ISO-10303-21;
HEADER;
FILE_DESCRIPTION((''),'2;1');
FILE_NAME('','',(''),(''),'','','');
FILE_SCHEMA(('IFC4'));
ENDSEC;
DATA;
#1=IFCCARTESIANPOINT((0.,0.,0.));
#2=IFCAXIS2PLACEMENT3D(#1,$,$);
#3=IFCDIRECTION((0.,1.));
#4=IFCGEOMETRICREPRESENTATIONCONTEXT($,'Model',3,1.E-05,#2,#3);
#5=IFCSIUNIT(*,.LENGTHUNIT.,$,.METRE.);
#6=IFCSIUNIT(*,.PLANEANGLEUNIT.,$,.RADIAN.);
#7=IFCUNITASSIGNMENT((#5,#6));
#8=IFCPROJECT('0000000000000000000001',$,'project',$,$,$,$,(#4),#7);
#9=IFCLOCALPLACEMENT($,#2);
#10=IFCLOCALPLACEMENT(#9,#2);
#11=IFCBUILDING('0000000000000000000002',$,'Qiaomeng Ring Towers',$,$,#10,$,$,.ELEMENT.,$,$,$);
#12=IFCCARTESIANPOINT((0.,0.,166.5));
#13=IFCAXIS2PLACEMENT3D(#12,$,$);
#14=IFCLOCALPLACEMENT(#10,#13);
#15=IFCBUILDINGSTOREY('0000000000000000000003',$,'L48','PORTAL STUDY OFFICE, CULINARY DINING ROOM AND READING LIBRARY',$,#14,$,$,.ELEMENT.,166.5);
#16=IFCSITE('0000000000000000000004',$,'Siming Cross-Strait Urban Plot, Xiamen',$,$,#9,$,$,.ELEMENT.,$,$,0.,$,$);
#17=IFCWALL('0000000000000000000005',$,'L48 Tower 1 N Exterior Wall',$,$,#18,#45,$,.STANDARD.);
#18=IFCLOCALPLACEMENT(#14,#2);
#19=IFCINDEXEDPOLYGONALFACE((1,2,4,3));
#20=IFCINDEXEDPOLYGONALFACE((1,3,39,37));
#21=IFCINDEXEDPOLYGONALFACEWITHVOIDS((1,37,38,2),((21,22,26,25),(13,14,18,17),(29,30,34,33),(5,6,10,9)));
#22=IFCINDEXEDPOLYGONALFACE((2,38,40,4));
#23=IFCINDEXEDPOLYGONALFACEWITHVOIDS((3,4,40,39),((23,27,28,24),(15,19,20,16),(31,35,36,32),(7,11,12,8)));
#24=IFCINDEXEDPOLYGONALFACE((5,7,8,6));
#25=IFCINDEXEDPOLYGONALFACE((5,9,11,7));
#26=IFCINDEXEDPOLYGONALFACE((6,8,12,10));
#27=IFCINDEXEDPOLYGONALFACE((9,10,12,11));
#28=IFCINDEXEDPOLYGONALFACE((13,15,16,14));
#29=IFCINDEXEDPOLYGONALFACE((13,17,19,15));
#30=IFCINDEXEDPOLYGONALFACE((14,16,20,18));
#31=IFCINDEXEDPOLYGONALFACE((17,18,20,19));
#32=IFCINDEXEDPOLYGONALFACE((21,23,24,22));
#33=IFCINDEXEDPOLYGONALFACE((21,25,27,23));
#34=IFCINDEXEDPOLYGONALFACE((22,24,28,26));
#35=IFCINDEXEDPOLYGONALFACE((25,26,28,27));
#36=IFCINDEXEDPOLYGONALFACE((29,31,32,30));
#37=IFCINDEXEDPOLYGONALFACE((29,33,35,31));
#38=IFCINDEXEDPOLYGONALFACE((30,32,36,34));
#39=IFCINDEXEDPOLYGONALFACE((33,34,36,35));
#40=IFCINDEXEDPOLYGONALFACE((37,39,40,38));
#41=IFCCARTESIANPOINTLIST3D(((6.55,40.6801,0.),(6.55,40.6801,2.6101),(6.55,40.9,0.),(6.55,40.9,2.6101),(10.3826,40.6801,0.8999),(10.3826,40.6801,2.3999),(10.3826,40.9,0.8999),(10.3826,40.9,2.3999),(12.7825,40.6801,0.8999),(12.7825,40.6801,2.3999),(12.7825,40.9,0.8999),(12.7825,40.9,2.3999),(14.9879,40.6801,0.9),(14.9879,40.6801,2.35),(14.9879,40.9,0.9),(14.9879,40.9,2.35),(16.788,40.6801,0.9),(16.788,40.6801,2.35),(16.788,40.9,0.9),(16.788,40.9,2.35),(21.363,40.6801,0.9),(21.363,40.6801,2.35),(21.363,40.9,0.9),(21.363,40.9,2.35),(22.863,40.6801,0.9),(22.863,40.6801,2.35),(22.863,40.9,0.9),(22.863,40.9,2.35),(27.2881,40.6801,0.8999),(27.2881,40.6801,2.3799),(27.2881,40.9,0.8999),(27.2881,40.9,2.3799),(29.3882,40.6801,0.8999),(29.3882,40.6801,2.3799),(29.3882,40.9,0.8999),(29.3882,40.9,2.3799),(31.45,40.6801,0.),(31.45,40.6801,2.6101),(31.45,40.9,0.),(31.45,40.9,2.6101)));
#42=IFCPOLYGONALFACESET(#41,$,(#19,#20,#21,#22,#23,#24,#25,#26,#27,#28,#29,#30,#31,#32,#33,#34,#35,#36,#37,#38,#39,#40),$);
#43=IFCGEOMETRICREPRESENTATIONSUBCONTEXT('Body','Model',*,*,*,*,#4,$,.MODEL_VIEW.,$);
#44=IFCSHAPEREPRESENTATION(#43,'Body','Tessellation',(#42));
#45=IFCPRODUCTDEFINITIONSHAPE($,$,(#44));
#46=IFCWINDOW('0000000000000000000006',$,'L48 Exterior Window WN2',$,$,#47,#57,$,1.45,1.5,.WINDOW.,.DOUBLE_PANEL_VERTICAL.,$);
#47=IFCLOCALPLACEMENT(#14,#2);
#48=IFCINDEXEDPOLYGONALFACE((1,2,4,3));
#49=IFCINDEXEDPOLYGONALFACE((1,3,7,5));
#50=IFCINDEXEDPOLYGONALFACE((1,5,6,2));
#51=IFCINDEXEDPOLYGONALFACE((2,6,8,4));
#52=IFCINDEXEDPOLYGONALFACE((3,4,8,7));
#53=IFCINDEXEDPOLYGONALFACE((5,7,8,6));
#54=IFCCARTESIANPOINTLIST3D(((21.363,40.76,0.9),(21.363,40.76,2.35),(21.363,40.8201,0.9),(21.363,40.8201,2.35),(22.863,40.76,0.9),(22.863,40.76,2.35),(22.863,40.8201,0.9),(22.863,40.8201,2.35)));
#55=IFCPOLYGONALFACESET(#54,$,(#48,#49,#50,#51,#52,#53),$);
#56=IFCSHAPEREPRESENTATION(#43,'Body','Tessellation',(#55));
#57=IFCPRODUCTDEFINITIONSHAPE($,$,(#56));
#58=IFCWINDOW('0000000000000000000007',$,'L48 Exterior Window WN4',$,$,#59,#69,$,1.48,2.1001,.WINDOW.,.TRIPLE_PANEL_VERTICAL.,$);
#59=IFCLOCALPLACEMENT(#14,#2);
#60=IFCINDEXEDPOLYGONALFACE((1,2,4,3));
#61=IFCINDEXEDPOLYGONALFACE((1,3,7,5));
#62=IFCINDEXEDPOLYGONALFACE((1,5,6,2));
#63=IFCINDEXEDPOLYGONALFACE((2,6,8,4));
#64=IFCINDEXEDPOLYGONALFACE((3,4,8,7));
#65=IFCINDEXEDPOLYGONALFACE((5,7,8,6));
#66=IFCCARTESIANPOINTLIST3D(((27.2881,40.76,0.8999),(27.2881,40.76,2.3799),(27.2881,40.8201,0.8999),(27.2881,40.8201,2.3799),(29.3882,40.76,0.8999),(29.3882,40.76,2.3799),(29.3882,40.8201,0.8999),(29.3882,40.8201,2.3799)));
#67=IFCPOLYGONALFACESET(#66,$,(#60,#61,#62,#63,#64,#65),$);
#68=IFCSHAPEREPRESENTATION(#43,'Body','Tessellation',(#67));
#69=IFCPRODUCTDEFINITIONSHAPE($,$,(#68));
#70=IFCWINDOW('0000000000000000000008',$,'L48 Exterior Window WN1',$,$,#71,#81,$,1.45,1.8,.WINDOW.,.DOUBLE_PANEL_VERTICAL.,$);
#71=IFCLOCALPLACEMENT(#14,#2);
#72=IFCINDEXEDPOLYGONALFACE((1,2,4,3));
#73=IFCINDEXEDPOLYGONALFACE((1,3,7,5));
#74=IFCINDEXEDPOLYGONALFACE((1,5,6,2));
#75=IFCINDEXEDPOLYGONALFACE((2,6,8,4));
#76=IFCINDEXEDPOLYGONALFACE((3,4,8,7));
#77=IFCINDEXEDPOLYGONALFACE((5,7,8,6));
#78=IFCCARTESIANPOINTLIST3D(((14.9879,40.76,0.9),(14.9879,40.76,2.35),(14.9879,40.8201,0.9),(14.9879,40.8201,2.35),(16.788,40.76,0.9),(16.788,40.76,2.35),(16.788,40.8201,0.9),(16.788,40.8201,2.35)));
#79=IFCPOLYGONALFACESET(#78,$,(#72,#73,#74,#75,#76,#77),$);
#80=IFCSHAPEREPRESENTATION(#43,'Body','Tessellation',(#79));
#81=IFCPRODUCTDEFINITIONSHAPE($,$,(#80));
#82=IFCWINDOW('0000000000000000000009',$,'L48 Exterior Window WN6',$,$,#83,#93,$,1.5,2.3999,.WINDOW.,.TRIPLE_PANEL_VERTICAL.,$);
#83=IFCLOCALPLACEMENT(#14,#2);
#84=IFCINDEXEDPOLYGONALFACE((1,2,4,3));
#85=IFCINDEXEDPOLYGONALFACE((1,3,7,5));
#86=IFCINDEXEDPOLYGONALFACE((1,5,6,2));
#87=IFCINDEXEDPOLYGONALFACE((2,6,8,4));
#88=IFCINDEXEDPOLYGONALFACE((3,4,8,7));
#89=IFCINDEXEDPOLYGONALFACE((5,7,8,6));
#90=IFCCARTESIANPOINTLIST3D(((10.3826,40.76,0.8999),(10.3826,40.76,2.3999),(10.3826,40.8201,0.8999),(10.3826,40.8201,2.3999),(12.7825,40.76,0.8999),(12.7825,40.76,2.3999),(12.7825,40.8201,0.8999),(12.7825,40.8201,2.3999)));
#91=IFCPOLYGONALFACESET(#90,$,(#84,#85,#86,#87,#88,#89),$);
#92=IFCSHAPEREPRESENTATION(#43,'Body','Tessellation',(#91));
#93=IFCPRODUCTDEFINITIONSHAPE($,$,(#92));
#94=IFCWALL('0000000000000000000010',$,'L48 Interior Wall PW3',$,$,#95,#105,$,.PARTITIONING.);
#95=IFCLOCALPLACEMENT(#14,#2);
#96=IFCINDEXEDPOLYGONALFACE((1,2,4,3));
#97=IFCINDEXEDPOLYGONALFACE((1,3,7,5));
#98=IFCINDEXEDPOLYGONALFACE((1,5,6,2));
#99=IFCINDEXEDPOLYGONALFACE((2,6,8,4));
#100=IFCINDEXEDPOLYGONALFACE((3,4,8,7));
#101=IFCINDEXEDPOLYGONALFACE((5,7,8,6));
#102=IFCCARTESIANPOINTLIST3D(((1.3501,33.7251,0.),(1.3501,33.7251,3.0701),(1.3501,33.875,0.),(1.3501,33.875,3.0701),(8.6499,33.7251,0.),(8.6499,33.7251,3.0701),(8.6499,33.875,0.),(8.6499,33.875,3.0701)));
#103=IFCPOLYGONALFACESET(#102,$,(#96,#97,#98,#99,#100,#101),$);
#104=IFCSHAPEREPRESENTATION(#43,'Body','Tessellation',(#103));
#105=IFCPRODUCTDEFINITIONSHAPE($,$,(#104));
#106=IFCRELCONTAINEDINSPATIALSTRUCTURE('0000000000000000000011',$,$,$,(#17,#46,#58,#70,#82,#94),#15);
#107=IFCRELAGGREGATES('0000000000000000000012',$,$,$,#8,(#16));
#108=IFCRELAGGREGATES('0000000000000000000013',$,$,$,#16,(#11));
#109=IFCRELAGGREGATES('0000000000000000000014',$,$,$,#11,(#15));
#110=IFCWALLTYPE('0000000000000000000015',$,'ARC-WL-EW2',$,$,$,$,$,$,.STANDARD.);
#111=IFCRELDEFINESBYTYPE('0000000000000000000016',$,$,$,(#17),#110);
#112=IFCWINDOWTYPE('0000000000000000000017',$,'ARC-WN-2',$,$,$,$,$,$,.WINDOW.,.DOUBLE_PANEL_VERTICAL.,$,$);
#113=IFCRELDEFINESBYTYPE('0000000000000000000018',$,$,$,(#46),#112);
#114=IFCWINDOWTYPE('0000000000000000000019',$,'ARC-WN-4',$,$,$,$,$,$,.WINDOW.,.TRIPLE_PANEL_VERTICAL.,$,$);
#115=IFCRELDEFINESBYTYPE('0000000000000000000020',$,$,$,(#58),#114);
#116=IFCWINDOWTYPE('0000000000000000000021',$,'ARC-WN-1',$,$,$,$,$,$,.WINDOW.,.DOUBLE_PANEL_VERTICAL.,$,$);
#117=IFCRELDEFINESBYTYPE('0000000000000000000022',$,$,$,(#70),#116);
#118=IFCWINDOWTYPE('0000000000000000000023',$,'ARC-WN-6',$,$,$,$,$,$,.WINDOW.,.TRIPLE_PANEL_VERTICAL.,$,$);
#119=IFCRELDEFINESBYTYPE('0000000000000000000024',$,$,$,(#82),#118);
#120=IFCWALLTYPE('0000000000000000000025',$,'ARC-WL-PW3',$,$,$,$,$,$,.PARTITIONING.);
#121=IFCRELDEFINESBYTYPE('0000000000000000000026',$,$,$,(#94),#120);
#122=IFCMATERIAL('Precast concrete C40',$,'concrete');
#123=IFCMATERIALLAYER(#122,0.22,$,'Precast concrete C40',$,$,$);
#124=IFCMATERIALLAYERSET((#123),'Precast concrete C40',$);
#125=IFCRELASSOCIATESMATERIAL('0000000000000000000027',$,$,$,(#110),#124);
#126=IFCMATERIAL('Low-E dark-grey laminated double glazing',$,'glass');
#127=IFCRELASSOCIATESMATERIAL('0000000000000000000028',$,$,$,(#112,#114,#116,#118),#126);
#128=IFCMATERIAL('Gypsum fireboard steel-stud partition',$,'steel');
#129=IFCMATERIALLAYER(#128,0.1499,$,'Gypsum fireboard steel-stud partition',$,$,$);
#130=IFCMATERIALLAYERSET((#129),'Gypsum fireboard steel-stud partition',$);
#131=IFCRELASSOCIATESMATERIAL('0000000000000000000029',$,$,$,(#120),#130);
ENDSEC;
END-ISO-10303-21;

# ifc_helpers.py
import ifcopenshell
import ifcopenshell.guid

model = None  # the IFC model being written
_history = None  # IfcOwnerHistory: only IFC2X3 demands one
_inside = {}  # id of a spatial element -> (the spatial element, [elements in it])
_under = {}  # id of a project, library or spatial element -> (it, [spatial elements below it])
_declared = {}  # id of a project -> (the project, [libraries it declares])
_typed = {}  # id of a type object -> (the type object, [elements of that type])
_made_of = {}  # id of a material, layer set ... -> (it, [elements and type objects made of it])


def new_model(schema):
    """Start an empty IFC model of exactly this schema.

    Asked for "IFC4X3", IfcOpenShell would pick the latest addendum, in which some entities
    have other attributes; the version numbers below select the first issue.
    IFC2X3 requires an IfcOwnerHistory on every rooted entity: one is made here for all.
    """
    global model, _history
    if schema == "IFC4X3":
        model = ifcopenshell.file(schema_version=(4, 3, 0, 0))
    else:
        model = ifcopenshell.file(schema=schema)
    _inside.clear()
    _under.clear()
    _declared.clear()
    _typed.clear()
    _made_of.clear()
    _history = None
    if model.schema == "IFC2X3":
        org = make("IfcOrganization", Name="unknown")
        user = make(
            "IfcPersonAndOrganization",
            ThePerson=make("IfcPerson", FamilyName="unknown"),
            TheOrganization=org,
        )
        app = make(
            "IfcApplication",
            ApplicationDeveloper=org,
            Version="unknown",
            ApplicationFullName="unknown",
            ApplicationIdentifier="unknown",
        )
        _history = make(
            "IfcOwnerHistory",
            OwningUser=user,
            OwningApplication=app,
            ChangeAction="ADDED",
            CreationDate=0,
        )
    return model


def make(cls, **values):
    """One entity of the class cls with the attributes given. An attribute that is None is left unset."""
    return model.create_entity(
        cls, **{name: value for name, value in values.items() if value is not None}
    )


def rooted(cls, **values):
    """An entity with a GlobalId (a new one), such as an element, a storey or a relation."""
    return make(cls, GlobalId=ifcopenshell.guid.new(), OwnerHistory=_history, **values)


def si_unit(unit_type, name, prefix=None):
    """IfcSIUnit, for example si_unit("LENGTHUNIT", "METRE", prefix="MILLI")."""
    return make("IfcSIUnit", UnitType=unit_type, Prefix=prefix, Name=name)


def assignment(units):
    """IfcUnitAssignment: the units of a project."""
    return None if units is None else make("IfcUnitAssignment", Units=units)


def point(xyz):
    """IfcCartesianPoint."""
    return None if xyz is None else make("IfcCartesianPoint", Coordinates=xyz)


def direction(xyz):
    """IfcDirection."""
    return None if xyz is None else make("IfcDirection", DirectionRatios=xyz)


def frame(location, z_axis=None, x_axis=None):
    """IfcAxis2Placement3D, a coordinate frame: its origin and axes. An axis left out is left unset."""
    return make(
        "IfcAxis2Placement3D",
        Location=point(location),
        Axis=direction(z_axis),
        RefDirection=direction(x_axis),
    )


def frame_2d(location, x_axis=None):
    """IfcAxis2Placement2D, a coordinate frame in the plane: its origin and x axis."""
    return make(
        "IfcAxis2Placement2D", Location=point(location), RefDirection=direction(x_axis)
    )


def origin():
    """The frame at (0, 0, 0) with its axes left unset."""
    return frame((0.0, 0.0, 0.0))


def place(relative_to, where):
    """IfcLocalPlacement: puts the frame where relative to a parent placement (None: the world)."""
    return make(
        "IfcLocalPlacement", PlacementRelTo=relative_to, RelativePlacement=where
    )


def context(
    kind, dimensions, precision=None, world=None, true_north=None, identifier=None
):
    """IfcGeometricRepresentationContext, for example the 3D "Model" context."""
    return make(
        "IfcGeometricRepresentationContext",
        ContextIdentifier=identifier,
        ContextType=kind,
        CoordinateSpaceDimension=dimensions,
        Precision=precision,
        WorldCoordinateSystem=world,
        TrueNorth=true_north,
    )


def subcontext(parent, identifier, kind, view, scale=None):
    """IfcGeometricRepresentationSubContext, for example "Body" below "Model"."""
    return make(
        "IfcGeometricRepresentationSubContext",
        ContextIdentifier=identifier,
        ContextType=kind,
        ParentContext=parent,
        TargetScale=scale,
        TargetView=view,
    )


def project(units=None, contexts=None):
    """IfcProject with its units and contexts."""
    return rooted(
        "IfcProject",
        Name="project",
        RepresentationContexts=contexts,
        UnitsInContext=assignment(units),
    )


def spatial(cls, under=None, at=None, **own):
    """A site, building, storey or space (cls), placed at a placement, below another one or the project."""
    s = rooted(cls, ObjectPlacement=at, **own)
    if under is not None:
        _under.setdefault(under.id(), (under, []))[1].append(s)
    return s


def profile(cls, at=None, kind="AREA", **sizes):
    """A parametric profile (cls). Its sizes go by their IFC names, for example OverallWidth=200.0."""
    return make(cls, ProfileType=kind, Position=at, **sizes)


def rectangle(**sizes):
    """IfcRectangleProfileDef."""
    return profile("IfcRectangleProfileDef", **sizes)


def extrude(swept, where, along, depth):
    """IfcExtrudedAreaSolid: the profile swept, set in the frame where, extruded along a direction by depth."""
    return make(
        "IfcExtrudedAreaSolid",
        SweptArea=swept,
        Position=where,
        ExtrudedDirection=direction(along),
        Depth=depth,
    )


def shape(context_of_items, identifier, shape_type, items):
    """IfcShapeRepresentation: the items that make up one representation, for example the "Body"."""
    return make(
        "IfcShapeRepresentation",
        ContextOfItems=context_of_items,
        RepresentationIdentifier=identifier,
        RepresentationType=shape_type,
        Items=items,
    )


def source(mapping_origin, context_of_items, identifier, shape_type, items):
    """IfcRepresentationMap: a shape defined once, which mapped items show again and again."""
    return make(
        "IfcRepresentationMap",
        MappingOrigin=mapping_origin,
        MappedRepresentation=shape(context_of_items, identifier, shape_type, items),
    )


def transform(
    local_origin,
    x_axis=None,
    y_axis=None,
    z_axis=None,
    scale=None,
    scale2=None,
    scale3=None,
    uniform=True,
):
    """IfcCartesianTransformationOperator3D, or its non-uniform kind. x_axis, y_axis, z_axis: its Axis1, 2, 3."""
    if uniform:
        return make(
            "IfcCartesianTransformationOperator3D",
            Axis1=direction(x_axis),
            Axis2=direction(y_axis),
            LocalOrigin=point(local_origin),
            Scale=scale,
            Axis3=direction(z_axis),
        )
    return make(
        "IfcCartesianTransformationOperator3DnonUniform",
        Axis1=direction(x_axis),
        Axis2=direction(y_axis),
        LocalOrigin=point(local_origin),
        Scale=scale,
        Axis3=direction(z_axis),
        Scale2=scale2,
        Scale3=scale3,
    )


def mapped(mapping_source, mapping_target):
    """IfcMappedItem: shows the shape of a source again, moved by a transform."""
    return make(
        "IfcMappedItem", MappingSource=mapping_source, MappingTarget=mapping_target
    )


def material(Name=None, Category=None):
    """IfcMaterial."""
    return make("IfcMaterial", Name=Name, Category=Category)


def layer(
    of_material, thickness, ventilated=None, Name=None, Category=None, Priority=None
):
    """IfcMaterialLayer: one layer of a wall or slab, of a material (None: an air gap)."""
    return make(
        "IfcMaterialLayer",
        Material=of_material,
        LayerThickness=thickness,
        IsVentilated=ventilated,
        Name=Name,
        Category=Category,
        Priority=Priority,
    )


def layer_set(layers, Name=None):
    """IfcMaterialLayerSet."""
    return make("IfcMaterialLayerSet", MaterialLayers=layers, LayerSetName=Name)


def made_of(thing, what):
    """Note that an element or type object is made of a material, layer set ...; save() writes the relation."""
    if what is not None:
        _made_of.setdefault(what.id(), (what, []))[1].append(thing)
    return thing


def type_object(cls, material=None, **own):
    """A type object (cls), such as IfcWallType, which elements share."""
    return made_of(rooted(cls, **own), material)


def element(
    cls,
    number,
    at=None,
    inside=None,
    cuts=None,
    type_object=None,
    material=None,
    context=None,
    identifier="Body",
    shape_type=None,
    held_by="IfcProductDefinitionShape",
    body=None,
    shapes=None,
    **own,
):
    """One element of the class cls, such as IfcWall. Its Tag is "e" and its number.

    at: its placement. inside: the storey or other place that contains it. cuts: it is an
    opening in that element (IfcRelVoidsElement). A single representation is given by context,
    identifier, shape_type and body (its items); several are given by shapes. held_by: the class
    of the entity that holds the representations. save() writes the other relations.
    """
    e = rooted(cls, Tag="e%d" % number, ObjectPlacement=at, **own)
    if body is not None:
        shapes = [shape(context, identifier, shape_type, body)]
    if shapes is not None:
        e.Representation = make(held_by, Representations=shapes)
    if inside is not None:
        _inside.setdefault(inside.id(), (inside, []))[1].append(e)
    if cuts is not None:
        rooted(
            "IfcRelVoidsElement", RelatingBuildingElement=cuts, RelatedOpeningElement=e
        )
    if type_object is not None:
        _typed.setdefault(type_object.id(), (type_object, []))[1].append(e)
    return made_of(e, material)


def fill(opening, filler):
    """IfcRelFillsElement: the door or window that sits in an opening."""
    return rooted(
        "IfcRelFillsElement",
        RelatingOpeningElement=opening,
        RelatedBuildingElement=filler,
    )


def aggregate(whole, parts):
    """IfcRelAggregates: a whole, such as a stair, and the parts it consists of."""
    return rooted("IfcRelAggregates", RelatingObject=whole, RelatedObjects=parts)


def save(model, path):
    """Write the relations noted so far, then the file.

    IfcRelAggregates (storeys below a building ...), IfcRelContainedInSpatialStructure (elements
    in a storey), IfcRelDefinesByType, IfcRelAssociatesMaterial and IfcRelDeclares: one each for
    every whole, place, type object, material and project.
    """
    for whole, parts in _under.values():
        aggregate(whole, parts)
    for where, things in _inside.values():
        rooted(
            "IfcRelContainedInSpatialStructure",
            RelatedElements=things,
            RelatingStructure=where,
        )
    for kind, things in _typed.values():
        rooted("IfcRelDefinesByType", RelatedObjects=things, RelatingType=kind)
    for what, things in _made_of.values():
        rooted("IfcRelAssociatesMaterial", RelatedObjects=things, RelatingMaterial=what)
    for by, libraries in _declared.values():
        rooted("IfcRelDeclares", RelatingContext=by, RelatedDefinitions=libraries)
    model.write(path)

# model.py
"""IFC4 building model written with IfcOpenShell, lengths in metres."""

from ifc_helpers import new_model, si_unit, direction, frame, frame_2d, origin, place, context, subcontext, project, spatial, rectangle, extrude, source, transform, mapped, material, layer, layer_set, type_object, element, fill, save


model = new_model("IFC4")

# Units and contexts
model_context = context("Model", 3, precision=1e-05, world=origin(), true_north=direction((0.0, 1.0)))
body_context = subcontext(model_context, "Body", "Model", "MODEL_VIEW")
ifc_project = project(units=[si_unit("LENGTHUNIT", "METRE"), si_unit("PLANEANGLEUNIT", "RADIAN")], contexts=[model_context])

# Site, building, storey
site_placement = place(None, origin())
site = spatial("IfcSite", under=ifc_project, at=site_placement, Name="Siming Cross-Strait Urban Plot, Xiamen", CompositionType="ELEMENT", RefElevation=0.0)
building_placement = place(site_placement, origin())
building = spatial("IfcBuilding", under=site, at=building_placement, Name="Qiaomeng Ring Towers", CompositionType="ELEMENT")
storey_placement = place(building_placement, frame((0.0, 0.0, 166.5)))
storey = spatial("IfcBuildingStorey", under=building, at=storey_placement, Name="L48", Description="PORTAL STUDY OFFICE, CULINARY DINING ROOM AND READING LIBRARY", CompositionType="ELEMENT", Elevation=166.5)

# Shared definitions
ifc_material_1 = material(Name="Low-E dark-grey laminated double glazing", Category="glass")

# Wall, openings, windows
ifc_material_2 = material(Name="Precast concrete C40", Category="concrete")
ifc_layer_1 = layer(ifc_material_2, 0.22, Name="Precast concrete C40")
ifc_layer_set_1 = layer_set([ifc_layer_1], Name="Precast concrete C40")
wall_type_1 = type_object("IfcWallType", Name="ARC-WL-EW2", PredefinedType="STANDARD", material=ifc_layer_set_1)
wall_1_placement = place(storey_placement, frame((6.55, 40.79, 0.0), z_axis=(0.0, 0.0, 1.0), x_axis=(1.0, 0.0, 0.0)))
wall_1 = element("IfcWall", 1, at=wall_1_placement, inside=storey, type_object=wall_type_1, Name="L48 Tower 1 N Exterior Wall", PredefinedType="STANDARD", context=body_context, shape_type="SweptSolid", body=[
    extrude(rectangle(XDim=24.8999, YDim=0.22, at=frame_2d((12.45, 0.0))), origin(), (0.0, 0.0, 1.0), 2.6101),
])
opening_1_placement = place(wall_1_placement, frame((3.8325, 0.0, 0.8999)))
opening_1 = element("IfcOpeningElement", 2, at=opening_1_placement, cuts=wall_1, PredefinedType="OPENING", context=body_context, shape_type="SweptSolid", body=[
    extrude(rectangle(XDim=2.3999, YDim=1.5, at=frame_2d((1.2, 0.75))), frame((0.0, 0.1199, 0.0), z_axis=(0.0, -1.0, 0.0), x_axis=(1.0, 0.0, 0.0)), (0.0, 0.0, 1.0), 0.24),
])
opening_2_placement = place(wall_1_placement, frame((8.438, 0.0, 0.8999)))
opening_2 = element("IfcOpeningElement", 3, at=opening_2_placement, cuts=wall_1, PredefinedType="OPENING", context=body_context, shape_type="SweptSolid", body=[
    extrude(rectangle(XDim=1.8, YDim=1.45, at=frame_2d((0.8999, 0.7251))), frame((0.0, 0.1199, 0.0), z_axis=(0.0, -1.0, 0.0), x_axis=(1.0, 0.0, 0.0)), (0.0, 0.0, 1.0), 0.24),
])
opening_3_placement = place(wall_1_placement, frame((14.813, 0.0, 0.8999)))
opening_3 = element("IfcOpeningElement", 4, at=opening_3_placement, cuts=wall_1, PredefinedType="OPENING", context=body_context, shape_type="SweptSolid", body=[
    extrude(rectangle(XDim=1.5, YDim=1.45, at=frame_2d((0.75, 0.7251))), frame((0.0, 0.1199, 0.0), z_axis=(0.0, -1.0, 0.0), x_axis=(1.0, 0.0, 0.0)), (0.0, 0.0, 1.0), 0.24),
])
opening_4_placement = place(wall_1_placement, frame((20.738, 0.0, 0.8999)))
opening_4 = element("IfcOpeningElement", 5, at=opening_4_placement, cuts=wall_1, PredefinedType="OPENING", context=body_context, shape_type="SweptSolid", body=[
    extrude(rectangle(XDim=2.1001, YDim=1.48, at=frame_2d((1.05, 0.74))), frame((0.0, 0.1199, 0.0), z_axis=(0.0, -1.0, 0.0), x_axis=(1.0, 0.0, 0.0)), (0.0, 0.0, 1.0), 0.24),
])
window_type_1 = type_object("IfcWindowType", Name="ARC-WN-2", PartitioningType="DOUBLE_PANEL_VERTICAL", PredefinedType="WINDOW", material=ifc_material_1)
shared_shape_1 = source(origin(), body_context, "Body", "SweptSolid", [
    extrude(rectangle(XDim=1.5, YDim=1.45, at=frame_2d((0.75, 0.7251))), frame((0.0, 0.03, 0.0), z_axis=(0.0, -1.0, 0.0), x_axis=(1.0, 0.0, 0.0)), (0.0, 0.0, 1.0), 0.0601),
])
window_1_placement = place(opening_3_placement, origin())
window_1 = element("IfcWindow", 6, at=window_1_placement, inside=storey, type_object=window_type_1, Name="L48 Exterior Window WN2", OverallHeight=1.45, OverallWidth=1.5, PartitioningType="DOUBLE_PANEL_VERTICAL", PredefinedType="WINDOW", context=body_context, shape_type="MappedRepresentation", body=[
    mapped(shared_shape_1, transform((0.0, 0.0, 0.0), x_axis=(1.0, 0.0, 0.0), y_axis=(0.0, 1.0, 0.0), z_axis=(0.0, 0.0, 1.0), scale=1.0)),
])
fill(opening_3, window_1)
window_type_2 = type_object("IfcWindowType", Name="ARC-WN-4", PartitioningType="TRIPLE_PANEL_VERTICAL", PredefinedType="WINDOW", material=ifc_material_1)
shared_shape_2 = source(origin(), body_context, "Body", "SweptSolid", [
    extrude(rectangle(XDim=2.1001, YDim=1.48, at=frame_2d((1.05, 0.74))), frame((0.0, 0.03, 0.0), z_axis=(0.0, -1.0, 0.0), x_axis=(1.0, 0.0, 0.0)), (0.0, 0.0, 1.0), 0.0601),
])
window_2_placement = place(opening_4_placement, origin())
window_2 = element("IfcWindow", 7, at=window_2_placement, inside=storey, type_object=window_type_2, Name="L48 Exterior Window WN4", OverallHeight=1.48, OverallWidth=2.1001, PartitioningType="TRIPLE_PANEL_VERTICAL", PredefinedType="WINDOW", context=body_context, shape_type="MappedRepresentation", body=[
    mapped(shared_shape_2, transform((0.0, 0.0, 0.0), x_axis=(1.0, 0.0, 0.0), y_axis=(0.0, 1.0, 0.0), z_axis=(0.0, 0.0, 1.0), scale=1.0)),
])
fill(opening_4, window_2)
window_type_3 = type_object("IfcWindowType", Name="ARC-WN-1", PartitioningType="DOUBLE_PANEL_VERTICAL", PredefinedType="WINDOW", material=ifc_material_1)
shared_shape_3 = source(origin(), body_context, "Body", "SweptSolid", [
    extrude(rectangle(XDim=1.8, YDim=1.45, at=frame_2d((0.8999, 0.7251))), frame((0.0, 0.03, 0.0), z_axis=(0.0, -1.0, 0.0), x_axis=(1.0, 0.0, 0.0)), (0.0, 0.0, 1.0), 0.0601),
])
window_3_placement = place(opening_2_placement, origin())
window_3 = element("IfcWindow", 8, at=window_3_placement, inside=storey, type_object=window_type_3, Name="L48 Exterior Window WN1", OverallHeight=1.45, OverallWidth=1.8, PartitioningType="DOUBLE_PANEL_VERTICAL", PredefinedType="WINDOW", context=body_context, shape_type="MappedRepresentation", body=[
    mapped(shared_shape_3, transform((0.0, 0.0, 0.0), x_axis=(1.0, 0.0, 0.0), y_axis=(0.0, 1.0, 0.0), z_axis=(0.0, 0.0, 1.0), scale=1.0)),
])
fill(opening_2, window_3)
window_type_4 = type_object("IfcWindowType", Name="ARC-WN-6", PartitioningType="TRIPLE_PANEL_VERTICAL", PredefinedType="WINDOW", material=ifc_material_1)
shared_shape_4 = source(origin(), body_context, "Body", "SweptSolid", [
    extrude(rectangle(XDim=2.3999, YDim=1.5, at=frame_2d((1.2, 0.75))), frame((0.0, 0.03, 0.0), z_axis=(0.0, -1.0, 0.0), x_axis=(1.0, 0.0, 0.0)), (0.0, 0.0, 1.0), 0.0601),
])
window_4_placement = place(opening_1_placement, origin())
window_4 = element("IfcWindow", 9, at=window_4_placement, inside=storey, type_object=window_type_4, Name="L48 Exterior Window WN6", OverallHeight=1.5, OverallWidth=2.3999, PartitioningType="TRIPLE_PANEL_VERTICAL", PredefinedType="WINDOW", context=body_context, shape_type="MappedRepresentation", body=[
    mapped(shared_shape_4, transform((0.0, 0.0, 0.0), x_axis=(1.0, 0.0, 0.0), y_axis=(0.0, 1.0, 0.0), z_axis=(0.0, 0.0, 1.0), scale=1.0)),
])
fill(opening_1, window_4)

# Wall
ifc_material_3 = material(Name="Gypsum fireboard steel-stud partition", Category="steel")
ifc_layer_2 = layer(ifc_material_3, 0.1499, Name="Gypsum fireboard steel-stud partition")
ifc_layer_set_2 = layer_set([ifc_layer_2], Name="Gypsum fireboard steel-stud partition")
wall_type_2 = type_object("IfcWallType", Name="ARC-WL-PW3", PredefinedType="PARTITIONING", material=ifc_layer_set_2)
wall_2_placement = place(storey_placement, frame((1.3501, 33.8, 0.0), z_axis=(0.0, 0.0, 1.0), x_axis=(1.0, 0.0, 0.0)))
element("IfcWall", 10, at=wall_2_placement, inside=storey, type_object=wall_type_2, Name="L48 Interior Wall PW3", PredefinedType="PARTITIONING", context=body_context, shape_type="SweptSolid", body=[
    extrude(rectangle(XDim=7.2998, YDim=0.1499, at=frame_2d((3.6499, 0.0))), origin(), (0.0, 0.0, 1.0), 3.0701),
])

save(model, "model.ifc")
